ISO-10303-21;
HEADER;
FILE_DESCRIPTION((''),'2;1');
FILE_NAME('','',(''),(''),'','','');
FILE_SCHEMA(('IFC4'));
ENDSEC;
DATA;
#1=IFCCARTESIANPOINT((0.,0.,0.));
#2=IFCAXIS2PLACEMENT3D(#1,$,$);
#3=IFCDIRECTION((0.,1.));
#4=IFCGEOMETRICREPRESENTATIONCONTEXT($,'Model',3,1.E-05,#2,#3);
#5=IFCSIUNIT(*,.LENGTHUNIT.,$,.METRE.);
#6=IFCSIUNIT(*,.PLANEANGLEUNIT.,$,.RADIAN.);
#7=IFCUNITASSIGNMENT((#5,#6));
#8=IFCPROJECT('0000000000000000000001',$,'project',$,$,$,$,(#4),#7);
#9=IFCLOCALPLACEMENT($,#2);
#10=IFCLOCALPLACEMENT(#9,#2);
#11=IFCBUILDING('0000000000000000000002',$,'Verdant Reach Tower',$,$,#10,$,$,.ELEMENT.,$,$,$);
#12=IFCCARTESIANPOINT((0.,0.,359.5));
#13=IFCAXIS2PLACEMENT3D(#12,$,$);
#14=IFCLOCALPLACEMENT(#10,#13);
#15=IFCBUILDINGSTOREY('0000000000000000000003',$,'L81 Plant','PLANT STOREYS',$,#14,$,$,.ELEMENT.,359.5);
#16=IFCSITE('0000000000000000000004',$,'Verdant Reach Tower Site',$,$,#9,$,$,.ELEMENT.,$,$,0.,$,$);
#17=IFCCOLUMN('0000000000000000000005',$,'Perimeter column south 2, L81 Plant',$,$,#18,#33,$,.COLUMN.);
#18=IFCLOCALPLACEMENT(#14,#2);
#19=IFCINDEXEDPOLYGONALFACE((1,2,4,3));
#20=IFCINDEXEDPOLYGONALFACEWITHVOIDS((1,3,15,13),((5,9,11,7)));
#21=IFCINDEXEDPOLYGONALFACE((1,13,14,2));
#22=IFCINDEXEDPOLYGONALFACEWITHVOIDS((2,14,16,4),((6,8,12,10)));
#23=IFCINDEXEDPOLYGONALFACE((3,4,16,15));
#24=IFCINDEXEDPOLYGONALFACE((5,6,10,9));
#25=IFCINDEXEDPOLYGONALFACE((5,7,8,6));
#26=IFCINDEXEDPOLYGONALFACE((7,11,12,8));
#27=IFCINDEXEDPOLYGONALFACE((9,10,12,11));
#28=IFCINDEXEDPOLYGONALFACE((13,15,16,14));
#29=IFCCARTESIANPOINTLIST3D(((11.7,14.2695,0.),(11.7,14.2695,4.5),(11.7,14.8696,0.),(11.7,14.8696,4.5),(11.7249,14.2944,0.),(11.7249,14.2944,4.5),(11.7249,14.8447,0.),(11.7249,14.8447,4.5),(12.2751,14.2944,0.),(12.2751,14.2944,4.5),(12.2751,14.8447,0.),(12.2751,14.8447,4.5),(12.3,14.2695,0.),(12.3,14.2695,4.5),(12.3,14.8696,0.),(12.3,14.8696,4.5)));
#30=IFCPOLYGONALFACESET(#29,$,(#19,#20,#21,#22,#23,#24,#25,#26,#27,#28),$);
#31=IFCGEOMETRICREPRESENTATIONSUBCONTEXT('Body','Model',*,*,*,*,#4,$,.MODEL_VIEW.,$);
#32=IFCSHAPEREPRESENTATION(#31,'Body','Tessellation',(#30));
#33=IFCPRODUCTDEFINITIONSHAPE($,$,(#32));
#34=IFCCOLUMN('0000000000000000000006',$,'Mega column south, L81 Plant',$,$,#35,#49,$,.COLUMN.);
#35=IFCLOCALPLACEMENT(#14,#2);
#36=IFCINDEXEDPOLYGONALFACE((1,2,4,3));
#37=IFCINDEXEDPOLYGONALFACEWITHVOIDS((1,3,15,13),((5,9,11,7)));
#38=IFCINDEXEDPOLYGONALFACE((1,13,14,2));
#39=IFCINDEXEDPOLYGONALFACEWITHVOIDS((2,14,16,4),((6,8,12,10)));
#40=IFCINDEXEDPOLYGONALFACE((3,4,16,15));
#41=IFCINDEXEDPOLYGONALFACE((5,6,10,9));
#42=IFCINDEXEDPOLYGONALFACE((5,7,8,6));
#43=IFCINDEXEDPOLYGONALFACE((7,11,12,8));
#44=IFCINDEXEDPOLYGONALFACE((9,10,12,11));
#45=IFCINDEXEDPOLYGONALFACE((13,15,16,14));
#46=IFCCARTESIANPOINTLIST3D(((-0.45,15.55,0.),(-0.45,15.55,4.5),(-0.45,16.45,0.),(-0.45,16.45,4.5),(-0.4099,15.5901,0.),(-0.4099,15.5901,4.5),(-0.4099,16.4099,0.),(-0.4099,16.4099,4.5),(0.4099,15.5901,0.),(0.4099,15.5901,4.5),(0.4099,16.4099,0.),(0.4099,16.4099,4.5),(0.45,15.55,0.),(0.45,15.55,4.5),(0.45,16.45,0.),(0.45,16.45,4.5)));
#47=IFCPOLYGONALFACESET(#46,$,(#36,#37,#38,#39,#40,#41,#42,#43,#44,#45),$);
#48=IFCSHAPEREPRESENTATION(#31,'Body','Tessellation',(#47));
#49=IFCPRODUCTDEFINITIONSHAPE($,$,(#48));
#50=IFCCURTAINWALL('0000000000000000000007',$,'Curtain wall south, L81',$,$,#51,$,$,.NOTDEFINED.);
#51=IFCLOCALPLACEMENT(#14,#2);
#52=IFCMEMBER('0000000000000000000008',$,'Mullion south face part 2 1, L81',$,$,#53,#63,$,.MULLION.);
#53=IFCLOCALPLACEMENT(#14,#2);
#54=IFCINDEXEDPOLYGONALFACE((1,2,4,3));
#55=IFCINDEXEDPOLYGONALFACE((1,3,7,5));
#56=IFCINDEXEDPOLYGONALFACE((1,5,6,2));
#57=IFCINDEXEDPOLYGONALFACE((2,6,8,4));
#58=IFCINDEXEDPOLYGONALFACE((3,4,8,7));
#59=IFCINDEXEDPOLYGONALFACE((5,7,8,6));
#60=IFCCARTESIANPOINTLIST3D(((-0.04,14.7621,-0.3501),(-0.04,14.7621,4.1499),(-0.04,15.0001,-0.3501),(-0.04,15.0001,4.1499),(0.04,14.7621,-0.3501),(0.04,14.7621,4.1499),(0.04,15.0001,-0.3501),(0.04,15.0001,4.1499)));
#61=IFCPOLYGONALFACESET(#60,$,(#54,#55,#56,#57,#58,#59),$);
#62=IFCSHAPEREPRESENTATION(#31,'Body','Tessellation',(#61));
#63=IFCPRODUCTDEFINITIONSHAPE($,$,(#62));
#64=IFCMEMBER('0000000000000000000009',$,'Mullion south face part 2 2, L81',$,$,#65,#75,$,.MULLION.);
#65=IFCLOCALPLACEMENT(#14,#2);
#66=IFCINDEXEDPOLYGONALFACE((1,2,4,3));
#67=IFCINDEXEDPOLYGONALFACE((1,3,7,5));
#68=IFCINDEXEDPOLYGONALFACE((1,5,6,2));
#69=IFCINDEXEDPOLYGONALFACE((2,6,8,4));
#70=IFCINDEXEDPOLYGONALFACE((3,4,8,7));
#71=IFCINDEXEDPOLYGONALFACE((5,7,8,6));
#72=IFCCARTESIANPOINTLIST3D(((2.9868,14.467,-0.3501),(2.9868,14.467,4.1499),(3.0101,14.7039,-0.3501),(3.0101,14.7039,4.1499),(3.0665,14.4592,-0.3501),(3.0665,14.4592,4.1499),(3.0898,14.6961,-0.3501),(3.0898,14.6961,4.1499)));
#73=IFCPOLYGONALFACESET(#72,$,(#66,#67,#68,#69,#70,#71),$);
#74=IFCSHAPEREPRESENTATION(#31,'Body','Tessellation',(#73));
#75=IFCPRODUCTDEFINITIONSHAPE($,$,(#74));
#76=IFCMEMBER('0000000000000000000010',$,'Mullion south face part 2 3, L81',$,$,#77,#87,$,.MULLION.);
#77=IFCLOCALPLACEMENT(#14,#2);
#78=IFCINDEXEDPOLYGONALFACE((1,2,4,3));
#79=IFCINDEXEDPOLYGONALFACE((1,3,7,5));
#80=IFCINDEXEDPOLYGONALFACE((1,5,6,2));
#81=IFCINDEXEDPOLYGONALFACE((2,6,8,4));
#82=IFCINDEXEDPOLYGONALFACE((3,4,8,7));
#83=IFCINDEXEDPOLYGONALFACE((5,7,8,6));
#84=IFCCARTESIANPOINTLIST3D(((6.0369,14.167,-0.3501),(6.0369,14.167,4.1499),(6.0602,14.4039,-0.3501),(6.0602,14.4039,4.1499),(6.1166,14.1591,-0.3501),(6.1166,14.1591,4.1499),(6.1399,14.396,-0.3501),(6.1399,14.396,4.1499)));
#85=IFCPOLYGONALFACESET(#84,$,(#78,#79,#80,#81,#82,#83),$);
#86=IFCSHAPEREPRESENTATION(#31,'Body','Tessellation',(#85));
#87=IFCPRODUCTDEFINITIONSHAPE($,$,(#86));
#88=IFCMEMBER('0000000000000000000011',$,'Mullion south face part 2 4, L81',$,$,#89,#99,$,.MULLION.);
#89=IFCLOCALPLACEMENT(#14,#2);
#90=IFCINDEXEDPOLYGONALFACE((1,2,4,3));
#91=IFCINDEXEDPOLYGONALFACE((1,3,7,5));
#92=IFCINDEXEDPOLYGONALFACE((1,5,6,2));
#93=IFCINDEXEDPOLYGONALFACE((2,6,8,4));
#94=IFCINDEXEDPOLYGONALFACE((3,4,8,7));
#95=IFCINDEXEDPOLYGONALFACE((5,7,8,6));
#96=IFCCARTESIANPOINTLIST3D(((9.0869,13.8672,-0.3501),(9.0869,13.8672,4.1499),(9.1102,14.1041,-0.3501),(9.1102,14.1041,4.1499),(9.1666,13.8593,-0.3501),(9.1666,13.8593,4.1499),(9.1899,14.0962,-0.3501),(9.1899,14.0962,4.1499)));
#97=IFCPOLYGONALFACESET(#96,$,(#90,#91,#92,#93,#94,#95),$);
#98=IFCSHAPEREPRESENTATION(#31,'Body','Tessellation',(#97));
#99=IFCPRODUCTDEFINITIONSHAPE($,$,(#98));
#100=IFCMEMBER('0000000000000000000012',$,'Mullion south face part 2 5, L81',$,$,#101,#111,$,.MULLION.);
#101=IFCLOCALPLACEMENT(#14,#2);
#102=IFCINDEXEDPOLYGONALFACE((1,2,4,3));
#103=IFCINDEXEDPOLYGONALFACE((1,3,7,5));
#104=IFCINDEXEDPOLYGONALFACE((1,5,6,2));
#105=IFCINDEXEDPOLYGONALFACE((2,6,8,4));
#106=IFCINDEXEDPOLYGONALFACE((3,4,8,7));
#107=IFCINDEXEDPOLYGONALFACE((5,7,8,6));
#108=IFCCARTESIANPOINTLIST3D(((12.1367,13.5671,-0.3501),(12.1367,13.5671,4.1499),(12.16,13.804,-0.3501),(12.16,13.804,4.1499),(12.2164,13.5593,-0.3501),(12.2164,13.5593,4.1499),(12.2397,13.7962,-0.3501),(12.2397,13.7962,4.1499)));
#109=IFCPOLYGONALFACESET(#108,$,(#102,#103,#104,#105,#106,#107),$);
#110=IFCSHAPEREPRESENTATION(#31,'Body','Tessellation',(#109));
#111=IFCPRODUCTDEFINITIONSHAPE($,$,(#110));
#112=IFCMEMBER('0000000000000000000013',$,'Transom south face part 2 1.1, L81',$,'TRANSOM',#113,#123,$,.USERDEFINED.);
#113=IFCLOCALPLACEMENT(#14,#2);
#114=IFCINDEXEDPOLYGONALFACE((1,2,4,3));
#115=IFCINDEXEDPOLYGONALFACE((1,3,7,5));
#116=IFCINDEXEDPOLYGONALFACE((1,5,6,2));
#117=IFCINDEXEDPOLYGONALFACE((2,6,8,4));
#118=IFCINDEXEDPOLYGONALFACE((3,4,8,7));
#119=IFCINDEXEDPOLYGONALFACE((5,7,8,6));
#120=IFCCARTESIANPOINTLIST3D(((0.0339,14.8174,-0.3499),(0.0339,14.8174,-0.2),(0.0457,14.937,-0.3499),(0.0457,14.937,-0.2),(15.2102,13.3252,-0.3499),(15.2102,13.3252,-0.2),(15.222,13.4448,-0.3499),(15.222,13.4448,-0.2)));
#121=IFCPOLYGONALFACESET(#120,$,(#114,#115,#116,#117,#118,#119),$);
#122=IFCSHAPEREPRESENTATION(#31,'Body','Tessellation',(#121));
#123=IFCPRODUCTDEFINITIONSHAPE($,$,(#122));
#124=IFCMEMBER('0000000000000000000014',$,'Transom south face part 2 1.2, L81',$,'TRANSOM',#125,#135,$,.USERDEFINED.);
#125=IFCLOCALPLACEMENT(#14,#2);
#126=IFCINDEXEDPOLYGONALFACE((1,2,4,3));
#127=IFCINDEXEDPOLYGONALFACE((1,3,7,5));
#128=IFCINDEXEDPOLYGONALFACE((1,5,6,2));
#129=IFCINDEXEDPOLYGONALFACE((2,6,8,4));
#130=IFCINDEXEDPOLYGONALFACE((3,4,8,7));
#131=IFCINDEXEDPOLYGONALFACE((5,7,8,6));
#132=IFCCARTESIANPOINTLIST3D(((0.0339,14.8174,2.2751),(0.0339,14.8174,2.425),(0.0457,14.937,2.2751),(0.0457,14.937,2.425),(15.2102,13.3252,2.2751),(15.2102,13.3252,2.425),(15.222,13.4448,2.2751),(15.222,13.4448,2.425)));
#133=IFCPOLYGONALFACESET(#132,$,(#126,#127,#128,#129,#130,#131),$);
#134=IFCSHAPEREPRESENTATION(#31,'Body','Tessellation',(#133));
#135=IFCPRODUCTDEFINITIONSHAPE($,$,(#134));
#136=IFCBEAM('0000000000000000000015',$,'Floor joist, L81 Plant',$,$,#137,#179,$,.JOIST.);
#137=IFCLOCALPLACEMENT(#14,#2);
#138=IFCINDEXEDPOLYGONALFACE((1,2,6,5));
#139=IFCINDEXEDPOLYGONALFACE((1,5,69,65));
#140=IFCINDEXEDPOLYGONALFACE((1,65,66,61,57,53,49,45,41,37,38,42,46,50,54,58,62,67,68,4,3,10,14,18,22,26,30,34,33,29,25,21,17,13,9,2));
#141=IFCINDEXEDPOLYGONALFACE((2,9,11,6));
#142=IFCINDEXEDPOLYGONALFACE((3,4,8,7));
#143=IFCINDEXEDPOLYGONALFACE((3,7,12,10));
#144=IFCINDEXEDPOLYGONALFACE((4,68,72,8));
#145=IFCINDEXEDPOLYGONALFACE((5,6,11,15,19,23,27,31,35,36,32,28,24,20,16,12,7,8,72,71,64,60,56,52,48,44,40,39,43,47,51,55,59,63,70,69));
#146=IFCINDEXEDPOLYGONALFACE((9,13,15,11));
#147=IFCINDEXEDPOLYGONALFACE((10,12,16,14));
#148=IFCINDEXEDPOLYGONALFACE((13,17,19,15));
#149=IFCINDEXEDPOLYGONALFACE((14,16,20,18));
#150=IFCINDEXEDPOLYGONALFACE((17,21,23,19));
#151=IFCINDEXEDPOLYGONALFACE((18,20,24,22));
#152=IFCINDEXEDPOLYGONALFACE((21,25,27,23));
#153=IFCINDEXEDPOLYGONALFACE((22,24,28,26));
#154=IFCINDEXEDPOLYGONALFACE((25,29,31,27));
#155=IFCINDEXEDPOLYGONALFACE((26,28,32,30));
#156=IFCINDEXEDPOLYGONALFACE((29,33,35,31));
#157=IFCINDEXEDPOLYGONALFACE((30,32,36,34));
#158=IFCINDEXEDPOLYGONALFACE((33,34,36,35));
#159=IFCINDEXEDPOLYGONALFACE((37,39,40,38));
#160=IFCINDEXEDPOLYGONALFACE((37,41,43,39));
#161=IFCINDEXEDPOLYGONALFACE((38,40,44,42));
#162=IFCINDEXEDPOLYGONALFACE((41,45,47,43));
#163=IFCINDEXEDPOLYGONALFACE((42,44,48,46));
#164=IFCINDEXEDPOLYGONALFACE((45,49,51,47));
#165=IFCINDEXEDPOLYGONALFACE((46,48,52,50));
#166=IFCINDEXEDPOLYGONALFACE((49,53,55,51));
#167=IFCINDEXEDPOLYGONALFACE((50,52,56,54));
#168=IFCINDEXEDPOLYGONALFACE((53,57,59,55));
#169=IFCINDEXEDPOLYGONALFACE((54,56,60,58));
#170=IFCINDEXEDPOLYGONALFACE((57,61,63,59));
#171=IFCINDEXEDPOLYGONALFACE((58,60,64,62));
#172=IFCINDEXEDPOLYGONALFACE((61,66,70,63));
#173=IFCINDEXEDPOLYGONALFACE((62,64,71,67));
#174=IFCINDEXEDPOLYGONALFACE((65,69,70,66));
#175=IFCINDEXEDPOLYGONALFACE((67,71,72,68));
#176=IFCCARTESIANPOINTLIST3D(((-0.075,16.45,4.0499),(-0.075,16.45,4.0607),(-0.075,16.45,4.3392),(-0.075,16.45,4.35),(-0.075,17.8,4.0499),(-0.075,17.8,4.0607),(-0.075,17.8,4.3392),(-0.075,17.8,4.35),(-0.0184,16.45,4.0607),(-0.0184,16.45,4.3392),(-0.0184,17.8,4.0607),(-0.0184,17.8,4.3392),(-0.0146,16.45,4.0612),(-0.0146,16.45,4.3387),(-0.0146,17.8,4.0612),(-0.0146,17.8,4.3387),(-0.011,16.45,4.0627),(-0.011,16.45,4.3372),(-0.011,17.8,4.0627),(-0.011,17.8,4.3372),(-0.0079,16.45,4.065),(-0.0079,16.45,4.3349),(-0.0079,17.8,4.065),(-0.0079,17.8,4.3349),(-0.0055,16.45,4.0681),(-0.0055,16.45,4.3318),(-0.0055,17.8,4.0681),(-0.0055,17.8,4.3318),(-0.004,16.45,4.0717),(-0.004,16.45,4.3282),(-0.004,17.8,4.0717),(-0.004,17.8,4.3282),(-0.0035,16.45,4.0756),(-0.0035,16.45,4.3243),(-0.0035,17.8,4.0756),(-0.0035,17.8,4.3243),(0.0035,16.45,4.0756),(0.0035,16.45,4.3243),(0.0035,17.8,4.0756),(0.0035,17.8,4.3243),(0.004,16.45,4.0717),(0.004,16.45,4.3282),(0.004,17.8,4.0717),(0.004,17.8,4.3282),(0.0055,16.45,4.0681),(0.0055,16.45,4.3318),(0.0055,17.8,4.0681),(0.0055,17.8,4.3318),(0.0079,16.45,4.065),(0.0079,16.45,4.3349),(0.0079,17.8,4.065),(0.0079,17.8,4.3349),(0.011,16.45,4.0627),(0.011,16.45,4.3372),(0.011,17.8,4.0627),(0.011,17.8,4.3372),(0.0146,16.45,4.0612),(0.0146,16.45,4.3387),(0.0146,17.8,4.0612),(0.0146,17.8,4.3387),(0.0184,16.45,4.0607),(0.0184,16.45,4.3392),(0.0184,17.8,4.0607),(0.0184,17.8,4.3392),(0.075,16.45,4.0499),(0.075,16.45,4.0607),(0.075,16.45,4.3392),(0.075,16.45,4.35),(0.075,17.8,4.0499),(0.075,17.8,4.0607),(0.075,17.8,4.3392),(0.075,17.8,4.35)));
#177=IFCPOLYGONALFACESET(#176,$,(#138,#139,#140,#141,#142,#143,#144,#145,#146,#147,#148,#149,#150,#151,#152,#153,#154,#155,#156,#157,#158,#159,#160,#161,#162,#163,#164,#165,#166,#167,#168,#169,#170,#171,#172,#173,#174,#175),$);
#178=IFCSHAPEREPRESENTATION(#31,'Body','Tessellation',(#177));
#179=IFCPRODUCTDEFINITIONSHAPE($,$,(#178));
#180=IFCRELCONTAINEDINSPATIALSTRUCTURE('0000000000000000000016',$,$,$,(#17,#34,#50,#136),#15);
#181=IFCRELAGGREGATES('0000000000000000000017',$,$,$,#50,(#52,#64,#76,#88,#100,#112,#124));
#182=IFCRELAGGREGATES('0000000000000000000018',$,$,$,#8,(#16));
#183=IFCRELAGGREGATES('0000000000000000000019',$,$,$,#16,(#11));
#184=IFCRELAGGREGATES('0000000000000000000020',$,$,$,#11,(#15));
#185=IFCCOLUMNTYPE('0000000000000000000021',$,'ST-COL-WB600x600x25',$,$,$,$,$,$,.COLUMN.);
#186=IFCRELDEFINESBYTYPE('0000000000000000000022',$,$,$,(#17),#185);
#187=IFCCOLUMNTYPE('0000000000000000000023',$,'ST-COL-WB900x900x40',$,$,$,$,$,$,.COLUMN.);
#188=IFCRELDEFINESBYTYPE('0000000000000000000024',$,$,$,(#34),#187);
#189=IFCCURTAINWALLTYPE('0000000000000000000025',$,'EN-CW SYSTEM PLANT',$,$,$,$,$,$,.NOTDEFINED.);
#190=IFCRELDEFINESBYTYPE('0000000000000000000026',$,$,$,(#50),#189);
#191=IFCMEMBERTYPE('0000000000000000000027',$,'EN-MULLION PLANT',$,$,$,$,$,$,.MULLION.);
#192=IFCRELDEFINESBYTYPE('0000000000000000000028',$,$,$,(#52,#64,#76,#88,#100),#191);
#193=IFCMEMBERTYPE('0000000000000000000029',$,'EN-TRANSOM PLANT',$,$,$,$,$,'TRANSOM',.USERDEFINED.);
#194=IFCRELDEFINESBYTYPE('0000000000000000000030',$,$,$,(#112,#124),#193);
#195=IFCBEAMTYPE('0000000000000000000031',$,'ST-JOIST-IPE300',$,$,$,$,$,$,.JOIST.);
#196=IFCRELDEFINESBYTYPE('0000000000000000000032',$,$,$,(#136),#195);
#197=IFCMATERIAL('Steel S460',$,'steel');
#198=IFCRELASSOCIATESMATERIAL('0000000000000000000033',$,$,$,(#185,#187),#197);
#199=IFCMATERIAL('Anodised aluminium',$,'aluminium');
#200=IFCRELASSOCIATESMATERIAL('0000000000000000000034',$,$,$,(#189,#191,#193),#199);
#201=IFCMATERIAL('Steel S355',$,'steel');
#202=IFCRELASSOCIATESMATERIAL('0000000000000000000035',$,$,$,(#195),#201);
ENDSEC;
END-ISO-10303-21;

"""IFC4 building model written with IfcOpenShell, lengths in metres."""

from ifc_helpers import new_model, si_unit, direction, frame, origin, origin_2d, place, context, subcontext, project, spatial, rectangle, hollow_rectangle, i_section, extrude, material, material_profile, profile_set, type_object, element, aggregate, save


model = new_model("IFC4")

# Units and contexts
model_context = context("Model", 3, precision=1e-05, world=origin(), true_north=direction((0.0, 1.0)))
body_context = subcontext(model_context, "Body", "Model", "MODEL_VIEW")
ifc_project = project(units=[si_unit("LENGTHUNIT", "METRE"), si_unit("PLANEANGLEUNIT", "RADIAN")], contexts=[model_context])

# Site, building, storey
site_placement = place(None, origin())
site = spatial("IfcSite", under=ifc_project, at=site_placement, Name="Verdant Reach Tower Site", CompositionType="ELEMENT", RefElevation=0.0)
building_placement = place(site_placement, origin())
building = spatial("IfcBuilding", under=site, at=building_placement, Name="Verdant Reach Tower", CompositionType="ELEMENT")
storey_placement = place(building_placement, frame((0.0, 0.0, 359.5)))
storey = spatial("IfcBuildingStorey", under=building, at=storey_placement, Name="L81 Plant", Description="PLANT STOREYS", CompositionType="ELEMENT", Elevation=359.5)

# Columns
ifc_material_1 = material(Name="Steel S460", Category="steel")
ifc_material_profile_1 = material_profile(ifc_material_1, hollow_rectangle(XDim=0.6001, YDim=0.6001, WallThickness=0.0249, at=origin_2d()), Name="WB 600x600x25")
ifc_profile_set_1 = profile_set([ifc_material_profile_1], Name="Steel S460")
column_type_1 = type_object("IfcColumnType", Name="ST-COL-WB600x600x25", PredefinedType="COLUMN", material=ifc_profile_set_1)
column_1_placement = place(storey_placement, frame((12.0, 14.5696, 0.0), z_axis=(0.0, 0.0, 1.0), x_axis=(1.0, 0.0, 0.0)))
element("IfcColumn", 1, at=column_1_placement, inside=storey, type_object=column_type_1, Name="Perimeter column south 2, L81 Plant", PredefinedType="COLUMN", context=body_context, shape_type="SweptSolid", body=[
    extrude(hollow_rectangle(XDim=0.6001, YDim=0.6001, WallThickness=0.0249, at=origin_2d()), origin(), (0.0, 0.0, 1.0), 4.5),
])
ifc_material_profile_2 = material_profile(ifc_material_1, hollow_rectangle(XDim=0.8999, YDim=0.8999, WallThickness=0.04, at=origin_2d()), Name="WB 900x900x40")
ifc_profile_set_2 = profile_set([ifc_material_profile_2], Name="Steel S460")
column_type_2 = type_object("IfcColumnType", Name="ST-COL-WB900x900x40", PredefinedType="COLUMN", material=ifc_profile_set_2)
column_2_placement = place(storey_placement, frame((0.0, 16.0, 0.0), z_axis=(0.0, 0.0, 1.0), x_axis=(1.0, 0.0, 0.0)))
element("IfcColumn", 2, at=column_2_placement, inside=storey, type_object=column_type_2, Name="Mega column south, L81 Plant", PredefinedType="COLUMN", context=body_context, shape_type="SweptSolid", body=[
    extrude(hollow_rectangle(XDim=0.8999, YDim=0.8999, WallThickness=0.04, at=origin_2d()), origin(), (0.0, 0.0, 1.0), 4.5),
])

# Curtain wall, members
ifc_material_2 = material(Name="Anodised aluminium", Category="aluminium")
curtain_wall_type = type_object("IfcCurtainWallType", Name="EN-CW SYSTEM PLANT", PredefinedType="NOTDEFINED", material=ifc_material_2)
curtain_wall_placement = place(storey_placement, origin())
curtain_wall = element("IfcCurtainWall", 3, at=curtain_wall_placement, inside=storey, type_object=curtain_wall_type, Name="Curtain wall south, L81", PredefinedType="NOTDEFINED")
ifc_material_profile_3 = material_profile(ifc_material_2, rectangle(XDim=0.238, YDim=0.0801, at=origin_2d()), Name="Mullion 80x240")
ifc_profile_set_3 = profile_set([ifc_material_profile_3], Name="Anodised aluminium")
member_type_1 = type_object("IfcMemberType", Name="EN-MULLION PLANT", PredefinedType="MULLION", material=ifc_profile_set_3)
member_1_placement = place(storey_placement, frame((0.0, 14.8811, -0.3501), z_axis=(0.0, 0.0, 1.0), x_axis=(0.0, -1.0, 0.0)))
member_1 = element("IfcMember", 4, at=member_1_placement, type_object=member_type_1, Name="Mullion south face part 2 1, L81", PredefinedType="MULLION", context=body_context, shape_type="SweptSolid", body=[
    extrude(rectangle(XDim=0.238, YDim=0.0801, at=origin_2d()), origin(), (0.0, 0.0, 1.0), 4.5),
])
member_2_placement = place(storey_placement, frame((3.0383, 14.5815, -0.3501), z_axis=(0.0, 0.0, 1.0), x_axis=(-0.097888, -0.995197, 0.0)))
member_2 = element("IfcMember", 5, at=member_2_placement, type_object=member_type_1, Name="Mullion south face part 2 2, L81", PredefinedType="MULLION", context=body_context, shape_type="SweptSolid", body=[
    extrude(rectangle(XDim=0.238, YDim=0.0801, at=origin_2d()), origin(), (0.0, 0.0, 1.0), 4.5),
])
member_3_placement = place(storey_placement, frame((6.0884, 14.2815, -0.3501), z_axis=(0.0, 0.0, 1.0), x_axis=(-0.097888, -0.995197, 0.0)))
member_3 = element("IfcMember", 6, at=member_3_placement, type_object=member_type_1, Name="Mullion south face part 2 3, L81", PredefinedType="MULLION", context=body_context, shape_type="SweptSolid", body=[
    extrude(rectangle(XDim=0.238, YDim=0.0801, at=origin_2d()), origin(), (0.0, 0.0, 1.0), 4.5),
])
member_4_placement = place(storey_placement, frame((9.1384, 13.9817, -0.3501), z_axis=(0.0, 0.0, 1.0), x_axis=(-0.097888, -0.995197, 0.0)))
member_4 = element("IfcMember", 7, at=member_4_placement, type_object=member_type_1, Name="Mullion south face part 2 4, L81", PredefinedType="MULLION", context=body_context, shape_type="SweptSolid", body=[
    extrude(rectangle(XDim=0.238, YDim=0.0801, at=origin_2d()), origin(), (0.0, 0.0, 1.0), 4.5),
])
member_5_placement = place(storey_placement, frame((12.1882, 13.6816, -0.3501), z_axis=(0.0, 0.0, 1.0), x_axis=(-0.097888, -0.995197, 0.0)))
member_5 = element("IfcMember", 8, at=member_5_placement, type_object=member_type_1, Name="Mullion south face part 2 5, L81", PredefinedType="MULLION", context=body_context, shape_type="SweptSolid", body=[
    extrude(rectangle(XDim=0.238, YDim=0.0801, at=origin_2d()), origin(), (0.0, 0.0, 1.0), 4.5),
])
ifc_material_profile_4 = material_profile(ifc_material_2, rectangle(XDim=0.1201, YDim=0.1499, at=origin_2d()), Name="Transom 150x120")
ifc_profile_set_4 = profile_set([ifc_material_profile_4], Name="Anodised aluminium")
member_type_2 = type_object("IfcMemberType", Name="EN-TRANSOM PLANT", ElementType="TRANSOM", PredefinedType="USERDEFINED", material=ifc_profile_set_4)
member_6_placement = place(storey_placement, frame((0.0398, 14.8772, -0.2749), z_axis=(0.995201, -0.097852, 0.0), x_axis=(0.097852, 0.995201, 0.0)))
member_6 = element("IfcMember", 9, at=member_6_placement, type_object=member_type_2, Name="Transom south face part 2 1.1, L81", ObjectType="TRANSOM", PredefinedType="USERDEFINED", context=body_context, shape_type="SweptSolid", body=[
    extrude(rectangle(XDim=0.1201, YDim=0.1499, at=origin_2d()), origin(), (0.0, 0.0, 1.0), 15.2495),
])
member_7_placement = place(storey_placement, frame((0.0398, 14.8772, 2.3501), z_axis=(0.995201, -0.097852, 0.0), x_axis=(0.097852, 0.995201, 0.0)))
member_7 = element("IfcMember", 10, at=member_7_placement, type_object=member_type_2, Name="Transom south face part 2 1.2, L81", ObjectType="TRANSOM", PredefinedType="USERDEFINED", context=body_context, shape_type="SweptSolid", body=[
    extrude(rectangle(XDim=0.1201, YDim=0.1499, at=origin_2d()), origin(), (0.0, 0.0, 1.0), 15.2495),
])

# Beam
ifc_material_3 = material(Name="Steel S355", Category="steel")
ifc_material_profile_5 = material_profile(ifc_material_3, i_section(OverallWidth=0.1499, OverallDepth=0.3, WebThickness=0.0071, FlangeThickness=0.0107, FilletRadius=0.0149, at=origin_2d()), Name="IPE 300")
ifc_profile_set_5 = profile_set([ifc_material_profile_5], Name="Steel S355")
beam_type = type_object("IfcBeamType", Name="ST-JOIST-IPE300", PredefinedType="JOIST", material=ifc_profile_set_5)
beam_1_placement = place(storey_placement, frame((0.0, 17.8, 4.2), z_axis=(0.0, -1.0, 0.0), x_axis=(1.0, 0.0, 0.0)))
element("IfcBeam", 11, at=beam_1_placement, inside=storey, type_object=beam_type, Name="Floor joist, L81 Plant", PredefinedType="JOIST", context=body_context, shape_type="SweptSolid", body=[
    extrude(i_section(OverallWidth=0.1499, OverallDepth=0.3, WebThickness=0.0071, FlangeThickness=0.0107, FilletRadius=0.0149, at=origin_2d()), origin(), (0.0, 0.0, 1.0), 1.3501),
])

aggregate(curtain_wall, [member_1, member_2, member_3, member_4, member_5, member_6, member_7])

save(model, "model.ifc")
